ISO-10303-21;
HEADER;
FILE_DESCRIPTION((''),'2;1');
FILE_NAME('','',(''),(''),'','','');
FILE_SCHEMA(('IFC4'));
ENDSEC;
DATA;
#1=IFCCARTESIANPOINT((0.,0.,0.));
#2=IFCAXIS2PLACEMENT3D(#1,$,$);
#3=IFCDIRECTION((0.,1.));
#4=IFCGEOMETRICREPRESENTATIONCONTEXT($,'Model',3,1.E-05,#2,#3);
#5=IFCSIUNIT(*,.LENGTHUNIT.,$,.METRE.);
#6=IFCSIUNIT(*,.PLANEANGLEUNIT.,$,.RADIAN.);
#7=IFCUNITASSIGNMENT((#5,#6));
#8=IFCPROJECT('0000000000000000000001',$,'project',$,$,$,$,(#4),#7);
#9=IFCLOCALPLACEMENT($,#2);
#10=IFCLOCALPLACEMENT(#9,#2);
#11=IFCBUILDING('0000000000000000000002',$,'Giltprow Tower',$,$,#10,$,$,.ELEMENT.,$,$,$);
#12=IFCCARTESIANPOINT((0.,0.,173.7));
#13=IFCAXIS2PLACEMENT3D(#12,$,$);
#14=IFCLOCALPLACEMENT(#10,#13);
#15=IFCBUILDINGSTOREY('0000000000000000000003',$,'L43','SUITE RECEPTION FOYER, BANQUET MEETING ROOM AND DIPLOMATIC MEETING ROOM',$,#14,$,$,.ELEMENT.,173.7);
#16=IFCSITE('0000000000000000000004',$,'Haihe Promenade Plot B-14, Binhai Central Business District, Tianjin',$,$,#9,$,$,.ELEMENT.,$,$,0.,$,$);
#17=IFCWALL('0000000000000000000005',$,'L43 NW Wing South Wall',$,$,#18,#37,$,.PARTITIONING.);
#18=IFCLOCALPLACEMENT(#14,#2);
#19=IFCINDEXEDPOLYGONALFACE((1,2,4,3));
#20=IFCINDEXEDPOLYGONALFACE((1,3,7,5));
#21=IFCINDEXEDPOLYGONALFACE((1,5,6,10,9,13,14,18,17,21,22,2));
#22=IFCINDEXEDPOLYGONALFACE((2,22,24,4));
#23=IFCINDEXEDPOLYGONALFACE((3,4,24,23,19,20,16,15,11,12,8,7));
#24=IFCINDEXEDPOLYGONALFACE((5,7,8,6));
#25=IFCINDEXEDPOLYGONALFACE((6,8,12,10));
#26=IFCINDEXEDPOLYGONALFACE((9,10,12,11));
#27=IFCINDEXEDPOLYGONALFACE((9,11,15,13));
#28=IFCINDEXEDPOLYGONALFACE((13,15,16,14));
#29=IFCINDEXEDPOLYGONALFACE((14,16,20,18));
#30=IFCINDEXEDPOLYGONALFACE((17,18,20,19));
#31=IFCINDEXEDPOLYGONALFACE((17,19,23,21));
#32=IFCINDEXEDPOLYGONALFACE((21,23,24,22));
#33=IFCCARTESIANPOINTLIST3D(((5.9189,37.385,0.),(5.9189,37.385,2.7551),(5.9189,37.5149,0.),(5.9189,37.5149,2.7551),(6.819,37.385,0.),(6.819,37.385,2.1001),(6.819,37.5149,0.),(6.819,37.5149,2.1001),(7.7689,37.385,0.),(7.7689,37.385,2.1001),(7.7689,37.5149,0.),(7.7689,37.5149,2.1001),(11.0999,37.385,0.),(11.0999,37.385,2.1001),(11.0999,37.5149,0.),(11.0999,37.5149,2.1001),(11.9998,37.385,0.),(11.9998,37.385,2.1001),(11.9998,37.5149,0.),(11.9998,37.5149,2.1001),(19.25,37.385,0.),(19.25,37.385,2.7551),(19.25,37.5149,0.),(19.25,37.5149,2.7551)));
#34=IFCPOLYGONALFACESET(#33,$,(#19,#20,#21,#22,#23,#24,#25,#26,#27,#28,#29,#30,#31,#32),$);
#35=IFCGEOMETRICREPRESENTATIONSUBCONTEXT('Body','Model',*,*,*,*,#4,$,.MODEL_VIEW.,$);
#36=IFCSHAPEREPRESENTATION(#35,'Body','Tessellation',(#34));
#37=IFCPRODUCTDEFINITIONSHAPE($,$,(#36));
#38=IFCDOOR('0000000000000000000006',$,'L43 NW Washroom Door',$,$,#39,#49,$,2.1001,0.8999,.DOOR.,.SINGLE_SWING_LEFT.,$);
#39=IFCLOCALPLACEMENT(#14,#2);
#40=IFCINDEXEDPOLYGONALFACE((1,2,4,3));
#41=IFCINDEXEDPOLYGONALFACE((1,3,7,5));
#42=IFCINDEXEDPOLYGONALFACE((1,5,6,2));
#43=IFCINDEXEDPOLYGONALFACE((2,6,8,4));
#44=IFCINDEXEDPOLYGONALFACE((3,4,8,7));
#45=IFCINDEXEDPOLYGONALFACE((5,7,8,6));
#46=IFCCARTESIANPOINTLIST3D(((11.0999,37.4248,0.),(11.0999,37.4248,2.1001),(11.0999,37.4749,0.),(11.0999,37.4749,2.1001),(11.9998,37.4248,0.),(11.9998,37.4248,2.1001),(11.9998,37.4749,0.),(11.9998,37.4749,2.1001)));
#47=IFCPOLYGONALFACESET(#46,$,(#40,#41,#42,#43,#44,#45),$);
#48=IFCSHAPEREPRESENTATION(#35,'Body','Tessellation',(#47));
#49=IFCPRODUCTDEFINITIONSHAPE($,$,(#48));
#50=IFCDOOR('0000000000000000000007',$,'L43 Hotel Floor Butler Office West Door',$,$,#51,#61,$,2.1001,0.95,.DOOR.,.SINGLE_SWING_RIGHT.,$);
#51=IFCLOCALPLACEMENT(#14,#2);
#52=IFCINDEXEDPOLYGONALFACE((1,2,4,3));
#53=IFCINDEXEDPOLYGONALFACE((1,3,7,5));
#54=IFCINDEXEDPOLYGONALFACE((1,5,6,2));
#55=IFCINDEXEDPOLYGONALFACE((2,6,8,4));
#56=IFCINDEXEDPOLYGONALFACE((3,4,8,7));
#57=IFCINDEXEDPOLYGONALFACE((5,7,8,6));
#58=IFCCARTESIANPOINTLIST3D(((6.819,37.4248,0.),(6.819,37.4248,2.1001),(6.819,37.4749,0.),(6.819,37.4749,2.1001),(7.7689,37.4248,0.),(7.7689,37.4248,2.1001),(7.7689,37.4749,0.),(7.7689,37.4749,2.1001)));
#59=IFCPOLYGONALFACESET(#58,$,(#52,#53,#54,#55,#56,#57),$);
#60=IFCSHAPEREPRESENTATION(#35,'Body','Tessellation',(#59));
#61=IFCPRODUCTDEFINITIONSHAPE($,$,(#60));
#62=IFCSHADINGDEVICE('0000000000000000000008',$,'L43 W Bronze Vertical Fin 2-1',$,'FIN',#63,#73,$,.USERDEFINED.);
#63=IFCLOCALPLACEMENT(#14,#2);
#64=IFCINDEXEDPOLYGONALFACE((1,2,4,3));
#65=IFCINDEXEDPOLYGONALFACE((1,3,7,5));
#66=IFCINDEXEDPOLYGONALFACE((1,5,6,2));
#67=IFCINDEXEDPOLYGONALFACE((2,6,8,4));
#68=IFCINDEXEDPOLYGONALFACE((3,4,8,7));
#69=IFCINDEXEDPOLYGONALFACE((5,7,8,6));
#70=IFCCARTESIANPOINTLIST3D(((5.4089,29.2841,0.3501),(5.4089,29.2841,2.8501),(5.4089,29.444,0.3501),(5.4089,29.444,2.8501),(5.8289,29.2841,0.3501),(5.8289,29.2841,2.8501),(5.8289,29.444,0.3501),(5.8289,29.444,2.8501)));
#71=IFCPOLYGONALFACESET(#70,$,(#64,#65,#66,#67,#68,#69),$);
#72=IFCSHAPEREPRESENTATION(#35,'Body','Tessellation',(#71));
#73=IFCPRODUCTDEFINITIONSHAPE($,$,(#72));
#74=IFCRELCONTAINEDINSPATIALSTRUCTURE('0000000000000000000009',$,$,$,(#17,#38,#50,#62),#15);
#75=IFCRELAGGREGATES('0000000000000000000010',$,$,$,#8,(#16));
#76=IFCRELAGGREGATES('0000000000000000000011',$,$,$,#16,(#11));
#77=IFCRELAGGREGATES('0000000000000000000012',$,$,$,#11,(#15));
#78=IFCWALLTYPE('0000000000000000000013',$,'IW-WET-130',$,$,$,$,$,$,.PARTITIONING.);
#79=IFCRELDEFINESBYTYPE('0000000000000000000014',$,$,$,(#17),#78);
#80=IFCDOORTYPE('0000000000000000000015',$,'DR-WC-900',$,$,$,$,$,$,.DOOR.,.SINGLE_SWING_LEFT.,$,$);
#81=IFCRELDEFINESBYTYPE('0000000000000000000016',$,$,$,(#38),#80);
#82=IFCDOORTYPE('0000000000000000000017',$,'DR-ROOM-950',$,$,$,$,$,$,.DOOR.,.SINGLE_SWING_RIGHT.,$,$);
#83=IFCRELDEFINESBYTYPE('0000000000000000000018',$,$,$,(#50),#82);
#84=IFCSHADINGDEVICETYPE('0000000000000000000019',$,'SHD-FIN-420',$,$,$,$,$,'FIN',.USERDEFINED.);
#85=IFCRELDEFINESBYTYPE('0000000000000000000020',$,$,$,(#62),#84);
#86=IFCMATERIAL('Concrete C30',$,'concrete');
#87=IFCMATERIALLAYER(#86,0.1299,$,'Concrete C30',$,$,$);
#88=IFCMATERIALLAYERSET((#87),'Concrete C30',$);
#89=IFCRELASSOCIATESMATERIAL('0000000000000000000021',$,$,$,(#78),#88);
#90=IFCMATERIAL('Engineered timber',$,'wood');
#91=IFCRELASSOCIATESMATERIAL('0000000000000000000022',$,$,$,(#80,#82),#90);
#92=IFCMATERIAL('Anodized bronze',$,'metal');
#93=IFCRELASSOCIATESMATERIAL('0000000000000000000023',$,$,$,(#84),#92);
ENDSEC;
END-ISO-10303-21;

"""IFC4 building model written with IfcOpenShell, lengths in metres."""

from ifc_helpers import new_model, si_unit, direction, frame, frame_2d, origin, origin_2d, place, context, subcontext, project, spatial, rectangle, extrude, source, transform, mapped, material, layer, layer_set, type_object, element, fill, save


model = new_model("IFC4")

# Units and contexts
model_context = context("Model", 3, precision=1e-05, world=origin(), true_north=direction((0.0, 1.0)))
body_context = subcontext(model_context, "Body", "Model", "MODEL_VIEW")
ifc_project = project(units=[si_unit("LENGTHUNIT", "METRE"), si_unit("PLANEANGLEUNIT", "RADIAN")], contexts=[model_context])

# Site, building, storey
site_placement = place(None, origin())
site = spatial("IfcSite", under=ifc_project, at=site_placement, Name="Haihe Promenade Plot B-14, Binhai Central Business District, Tianjin", CompositionType="ELEMENT", RefElevation=0.0)
building_placement = place(site_placement, origin())
building = spatial("IfcBuilding", under=site, at=building_placement, Name="Giltprow Tower", CompositionType="ELEMENT")
storey_placement = place(building_placement, frame((0.0, 0.0, 173.7)))
storey = spatial("IfcBuildingStorey", under=building, at=storey_placement, Name="L43", Description="SUITE RECEPTION FOYER, BANQUET MEETING ROOM AND DIPLOMATIC MEETING ROOM", CompositionType="ELEMENT", Elevation=173.7)

# Wall, openings, doors
ifc_material_1 = material(Name="Engineered timber", Category="wood")
ifc_material_2 = material(Name="Concrete C30", Category="concrete")
ifc_layer_1 = layer(ifc_material_2, 0.1299, Name="Concrete C30")
ifc_layer_set_1 = layer_set([ifc_layer_1], Name="Concrete C30")
wall_type_1 = type_object("IfcWallType", Name="IW-WET-130", PredefinedType="PARTITIONING", material=ifc_layer_set_1)
wall_1_placement = place(storey_placement, frame((5.9189, 37.45, 0.0), z_axis=(0.0, 0.0, 1.0), x_axis=(1.0, 0.0, 0.0)))
wall_1 = element("IfcWall", 1, at=wall_1_placement, inside=storey, type_object=wall_type_1, Name="L43 NW Wing South Wall", PredefinedType="PARTITIONING", context=body_context, shape_type="SweptSolid", body=[
    extrude(rectangle(XDim=13.3311, YDim=0.1299, at=frame_2d((6.6655, 0.0))), origin(), (0.0, 0.0, 1.0), 2.7551),
])
opening_1_placement = place(wall_1_placement, frame((0.8999, 0.0, 0.0)))
opening_1 = element("IfcOpeningElement", 2, at=opening_1_placement, cuts=wall_1, PredefinedType="OPENING", context=body_context, shape_type="SweptSolid", body=[
    extrude(rectangle(XDim=0.95, YDim=2.1001, at=frame_2d((0.4751, 1.05))), frame((0.0, 0.075, 0.0), z_axis=(0.0, -1.0, 0.0), x_axis=(1.0, 0.0, 0.0)), (0.0, 0.0, 1.0), 0.1499),
])
opening_2_placement = place(wall_1_placement, frame((5.1809, 0.0, 0.0)))
opening_2 = element("IfcOpeningElement", 3, at=opening_2_placement, cuts=wall_1, PredefinedType="OPENING", context=body_context, shape_type="SweptSolid", body=[
    extrude(rectangle(XDim=0.8999, YDim=2.1001, at=frame_2d((0.45, 1.05))), frame((0.0, 0.075, 0.0), z_axis=(0.0, -1.0, 0.0), x_axis=(1.0, 0.0, 0.0)), (0.0, 0.0, 1.0), 0.1499),
])
door_type_1 = type_object("IfcDoorType", Name="DR-WC-900", OperationType="SINGLE_SWING_LEFT", PredefinedType="DOOR", material=ifc_material_1)
shared_shape_1 = source(origin(), body_context, "Body", "SweptSolid", [
    extrude(rectangle(XDim=0.8999, YDim=2.1001, at=frame_2d((0.45, 1.05))), frame((0.0, 0.0249, 0.0), z_axis=(0.0, -1.0, 0.0), x_axis=(1.0, 0.0, 0.0)), (0.0, 0.0, 1.0), 0.05),
])
door_1_placement = place(opening_2_placement, origin())
door_1 = element("IfcDoor", 4, at=door_1_placement, inside=storey, type_object=door_type_1, Name="L43 NW Washroom Door", OperationType="SINGLE_SWING_LEFT", OverallHeight=2.1001, OverallWidth=0.8999, PredefinedType="DOOR", context=body_context, shape_type="MappedRepresentation", body=[
    mapped(shared_shape_1, transform((0.0, 0.0, 0.0), x_axis=(1.0, 0.0, 0.0), y_axis=(0.0, 1.0, 0.0), z_axis=(0.0, 0.0, 1.0), scale=1.0)),
])
fill(opening_2, door_1)
door_type_2 = type_object("IfcDoorType", Name="DR-ROOM-950", OperationType="SINGLE_SWING_RIGHT", PredefinedType="DOOR", material=ifc_material_1)
shared_shape_2 = source(origin(), body_context, "Body", "SweptSolid", [
    extrude(rectangle(XDim=0.95, YDim=2.1001, at=frame_2d((0.4751, 1.05))), frame((0.0, 0.0249, 0.0), z_axis=(0.0, -1.0, 0.0), x_axis=(1.0, 0.0, 0.0)), (0.0, 0.0, 1.0), 0.05),
])
door_2_placement = place(opening_1_placement, origin())
door_2 = element("IfcDoor", 5, at=door_2_placement, inside=storey, type_object=door_type_2, Name="L43 Hotel Floor Butler Office West Door", OperationType="SINGLE_SWING_RIGHT", OverallHeight=2.1001, OverallWidth=0.95, PredefinedType="DOOR", context=body_context, shape_type="MappedRepresentation", body=[
    mapped(shared_shape_2, transform((0.0, 0.0, 0.0), x_axis=(1.0, 0.0, 0.0), y_axis=(0.0, 1.0, 0.0), z_axis=(0.0, 0.0, 1.0), scale=1.0)),
])
fill(opening_1, door_2)

# Shading device
ifc_material_3 = material(Name="Anodized bronze", Category="metal")
shading_device_type = type_object("IfcShadingDeviceType", Name="SHD-FIN-420", ElementType="FIN", PredefinedType="USERDEFINED", material=ifc_material_3)
shared_shape_3 = source(origin(), body_context, "Body", "SweptSolid", [
    extrude(rectangle(XDim=0.4199, YDim=0.1599, at=origin_2d()), origin(), (0.0, 0.0, 1.0), 2.5),
])
shading_device_placement = place(storey_placement, frame((5.6189, 29.364, 0.3501), z_axis=(0.0, 0.0, 1.0), x_axis=(1.0, 0.0, 0.0)))
element("IfcShadingDevice", 6, at=shading_device_placement, inside=storey, type_object=shading_device_type, Name="L43 W Bronze Vertical Fin 2-1", ObjectType="FIN", PredefinedType="USERDEFINED", context=body_context, shape_type="MappedRepresentation", body=[
    mapped(shared_shape_3, transform((0.0, 0.0, 0.0), x_axis=(1.0, 0.0, 0.0), y_axis=(0.0, 1.0, 0.0), z_axis=(0.0, 0.0, 1.0), scale=1.0)),
])

save(model, "model.ifc")
